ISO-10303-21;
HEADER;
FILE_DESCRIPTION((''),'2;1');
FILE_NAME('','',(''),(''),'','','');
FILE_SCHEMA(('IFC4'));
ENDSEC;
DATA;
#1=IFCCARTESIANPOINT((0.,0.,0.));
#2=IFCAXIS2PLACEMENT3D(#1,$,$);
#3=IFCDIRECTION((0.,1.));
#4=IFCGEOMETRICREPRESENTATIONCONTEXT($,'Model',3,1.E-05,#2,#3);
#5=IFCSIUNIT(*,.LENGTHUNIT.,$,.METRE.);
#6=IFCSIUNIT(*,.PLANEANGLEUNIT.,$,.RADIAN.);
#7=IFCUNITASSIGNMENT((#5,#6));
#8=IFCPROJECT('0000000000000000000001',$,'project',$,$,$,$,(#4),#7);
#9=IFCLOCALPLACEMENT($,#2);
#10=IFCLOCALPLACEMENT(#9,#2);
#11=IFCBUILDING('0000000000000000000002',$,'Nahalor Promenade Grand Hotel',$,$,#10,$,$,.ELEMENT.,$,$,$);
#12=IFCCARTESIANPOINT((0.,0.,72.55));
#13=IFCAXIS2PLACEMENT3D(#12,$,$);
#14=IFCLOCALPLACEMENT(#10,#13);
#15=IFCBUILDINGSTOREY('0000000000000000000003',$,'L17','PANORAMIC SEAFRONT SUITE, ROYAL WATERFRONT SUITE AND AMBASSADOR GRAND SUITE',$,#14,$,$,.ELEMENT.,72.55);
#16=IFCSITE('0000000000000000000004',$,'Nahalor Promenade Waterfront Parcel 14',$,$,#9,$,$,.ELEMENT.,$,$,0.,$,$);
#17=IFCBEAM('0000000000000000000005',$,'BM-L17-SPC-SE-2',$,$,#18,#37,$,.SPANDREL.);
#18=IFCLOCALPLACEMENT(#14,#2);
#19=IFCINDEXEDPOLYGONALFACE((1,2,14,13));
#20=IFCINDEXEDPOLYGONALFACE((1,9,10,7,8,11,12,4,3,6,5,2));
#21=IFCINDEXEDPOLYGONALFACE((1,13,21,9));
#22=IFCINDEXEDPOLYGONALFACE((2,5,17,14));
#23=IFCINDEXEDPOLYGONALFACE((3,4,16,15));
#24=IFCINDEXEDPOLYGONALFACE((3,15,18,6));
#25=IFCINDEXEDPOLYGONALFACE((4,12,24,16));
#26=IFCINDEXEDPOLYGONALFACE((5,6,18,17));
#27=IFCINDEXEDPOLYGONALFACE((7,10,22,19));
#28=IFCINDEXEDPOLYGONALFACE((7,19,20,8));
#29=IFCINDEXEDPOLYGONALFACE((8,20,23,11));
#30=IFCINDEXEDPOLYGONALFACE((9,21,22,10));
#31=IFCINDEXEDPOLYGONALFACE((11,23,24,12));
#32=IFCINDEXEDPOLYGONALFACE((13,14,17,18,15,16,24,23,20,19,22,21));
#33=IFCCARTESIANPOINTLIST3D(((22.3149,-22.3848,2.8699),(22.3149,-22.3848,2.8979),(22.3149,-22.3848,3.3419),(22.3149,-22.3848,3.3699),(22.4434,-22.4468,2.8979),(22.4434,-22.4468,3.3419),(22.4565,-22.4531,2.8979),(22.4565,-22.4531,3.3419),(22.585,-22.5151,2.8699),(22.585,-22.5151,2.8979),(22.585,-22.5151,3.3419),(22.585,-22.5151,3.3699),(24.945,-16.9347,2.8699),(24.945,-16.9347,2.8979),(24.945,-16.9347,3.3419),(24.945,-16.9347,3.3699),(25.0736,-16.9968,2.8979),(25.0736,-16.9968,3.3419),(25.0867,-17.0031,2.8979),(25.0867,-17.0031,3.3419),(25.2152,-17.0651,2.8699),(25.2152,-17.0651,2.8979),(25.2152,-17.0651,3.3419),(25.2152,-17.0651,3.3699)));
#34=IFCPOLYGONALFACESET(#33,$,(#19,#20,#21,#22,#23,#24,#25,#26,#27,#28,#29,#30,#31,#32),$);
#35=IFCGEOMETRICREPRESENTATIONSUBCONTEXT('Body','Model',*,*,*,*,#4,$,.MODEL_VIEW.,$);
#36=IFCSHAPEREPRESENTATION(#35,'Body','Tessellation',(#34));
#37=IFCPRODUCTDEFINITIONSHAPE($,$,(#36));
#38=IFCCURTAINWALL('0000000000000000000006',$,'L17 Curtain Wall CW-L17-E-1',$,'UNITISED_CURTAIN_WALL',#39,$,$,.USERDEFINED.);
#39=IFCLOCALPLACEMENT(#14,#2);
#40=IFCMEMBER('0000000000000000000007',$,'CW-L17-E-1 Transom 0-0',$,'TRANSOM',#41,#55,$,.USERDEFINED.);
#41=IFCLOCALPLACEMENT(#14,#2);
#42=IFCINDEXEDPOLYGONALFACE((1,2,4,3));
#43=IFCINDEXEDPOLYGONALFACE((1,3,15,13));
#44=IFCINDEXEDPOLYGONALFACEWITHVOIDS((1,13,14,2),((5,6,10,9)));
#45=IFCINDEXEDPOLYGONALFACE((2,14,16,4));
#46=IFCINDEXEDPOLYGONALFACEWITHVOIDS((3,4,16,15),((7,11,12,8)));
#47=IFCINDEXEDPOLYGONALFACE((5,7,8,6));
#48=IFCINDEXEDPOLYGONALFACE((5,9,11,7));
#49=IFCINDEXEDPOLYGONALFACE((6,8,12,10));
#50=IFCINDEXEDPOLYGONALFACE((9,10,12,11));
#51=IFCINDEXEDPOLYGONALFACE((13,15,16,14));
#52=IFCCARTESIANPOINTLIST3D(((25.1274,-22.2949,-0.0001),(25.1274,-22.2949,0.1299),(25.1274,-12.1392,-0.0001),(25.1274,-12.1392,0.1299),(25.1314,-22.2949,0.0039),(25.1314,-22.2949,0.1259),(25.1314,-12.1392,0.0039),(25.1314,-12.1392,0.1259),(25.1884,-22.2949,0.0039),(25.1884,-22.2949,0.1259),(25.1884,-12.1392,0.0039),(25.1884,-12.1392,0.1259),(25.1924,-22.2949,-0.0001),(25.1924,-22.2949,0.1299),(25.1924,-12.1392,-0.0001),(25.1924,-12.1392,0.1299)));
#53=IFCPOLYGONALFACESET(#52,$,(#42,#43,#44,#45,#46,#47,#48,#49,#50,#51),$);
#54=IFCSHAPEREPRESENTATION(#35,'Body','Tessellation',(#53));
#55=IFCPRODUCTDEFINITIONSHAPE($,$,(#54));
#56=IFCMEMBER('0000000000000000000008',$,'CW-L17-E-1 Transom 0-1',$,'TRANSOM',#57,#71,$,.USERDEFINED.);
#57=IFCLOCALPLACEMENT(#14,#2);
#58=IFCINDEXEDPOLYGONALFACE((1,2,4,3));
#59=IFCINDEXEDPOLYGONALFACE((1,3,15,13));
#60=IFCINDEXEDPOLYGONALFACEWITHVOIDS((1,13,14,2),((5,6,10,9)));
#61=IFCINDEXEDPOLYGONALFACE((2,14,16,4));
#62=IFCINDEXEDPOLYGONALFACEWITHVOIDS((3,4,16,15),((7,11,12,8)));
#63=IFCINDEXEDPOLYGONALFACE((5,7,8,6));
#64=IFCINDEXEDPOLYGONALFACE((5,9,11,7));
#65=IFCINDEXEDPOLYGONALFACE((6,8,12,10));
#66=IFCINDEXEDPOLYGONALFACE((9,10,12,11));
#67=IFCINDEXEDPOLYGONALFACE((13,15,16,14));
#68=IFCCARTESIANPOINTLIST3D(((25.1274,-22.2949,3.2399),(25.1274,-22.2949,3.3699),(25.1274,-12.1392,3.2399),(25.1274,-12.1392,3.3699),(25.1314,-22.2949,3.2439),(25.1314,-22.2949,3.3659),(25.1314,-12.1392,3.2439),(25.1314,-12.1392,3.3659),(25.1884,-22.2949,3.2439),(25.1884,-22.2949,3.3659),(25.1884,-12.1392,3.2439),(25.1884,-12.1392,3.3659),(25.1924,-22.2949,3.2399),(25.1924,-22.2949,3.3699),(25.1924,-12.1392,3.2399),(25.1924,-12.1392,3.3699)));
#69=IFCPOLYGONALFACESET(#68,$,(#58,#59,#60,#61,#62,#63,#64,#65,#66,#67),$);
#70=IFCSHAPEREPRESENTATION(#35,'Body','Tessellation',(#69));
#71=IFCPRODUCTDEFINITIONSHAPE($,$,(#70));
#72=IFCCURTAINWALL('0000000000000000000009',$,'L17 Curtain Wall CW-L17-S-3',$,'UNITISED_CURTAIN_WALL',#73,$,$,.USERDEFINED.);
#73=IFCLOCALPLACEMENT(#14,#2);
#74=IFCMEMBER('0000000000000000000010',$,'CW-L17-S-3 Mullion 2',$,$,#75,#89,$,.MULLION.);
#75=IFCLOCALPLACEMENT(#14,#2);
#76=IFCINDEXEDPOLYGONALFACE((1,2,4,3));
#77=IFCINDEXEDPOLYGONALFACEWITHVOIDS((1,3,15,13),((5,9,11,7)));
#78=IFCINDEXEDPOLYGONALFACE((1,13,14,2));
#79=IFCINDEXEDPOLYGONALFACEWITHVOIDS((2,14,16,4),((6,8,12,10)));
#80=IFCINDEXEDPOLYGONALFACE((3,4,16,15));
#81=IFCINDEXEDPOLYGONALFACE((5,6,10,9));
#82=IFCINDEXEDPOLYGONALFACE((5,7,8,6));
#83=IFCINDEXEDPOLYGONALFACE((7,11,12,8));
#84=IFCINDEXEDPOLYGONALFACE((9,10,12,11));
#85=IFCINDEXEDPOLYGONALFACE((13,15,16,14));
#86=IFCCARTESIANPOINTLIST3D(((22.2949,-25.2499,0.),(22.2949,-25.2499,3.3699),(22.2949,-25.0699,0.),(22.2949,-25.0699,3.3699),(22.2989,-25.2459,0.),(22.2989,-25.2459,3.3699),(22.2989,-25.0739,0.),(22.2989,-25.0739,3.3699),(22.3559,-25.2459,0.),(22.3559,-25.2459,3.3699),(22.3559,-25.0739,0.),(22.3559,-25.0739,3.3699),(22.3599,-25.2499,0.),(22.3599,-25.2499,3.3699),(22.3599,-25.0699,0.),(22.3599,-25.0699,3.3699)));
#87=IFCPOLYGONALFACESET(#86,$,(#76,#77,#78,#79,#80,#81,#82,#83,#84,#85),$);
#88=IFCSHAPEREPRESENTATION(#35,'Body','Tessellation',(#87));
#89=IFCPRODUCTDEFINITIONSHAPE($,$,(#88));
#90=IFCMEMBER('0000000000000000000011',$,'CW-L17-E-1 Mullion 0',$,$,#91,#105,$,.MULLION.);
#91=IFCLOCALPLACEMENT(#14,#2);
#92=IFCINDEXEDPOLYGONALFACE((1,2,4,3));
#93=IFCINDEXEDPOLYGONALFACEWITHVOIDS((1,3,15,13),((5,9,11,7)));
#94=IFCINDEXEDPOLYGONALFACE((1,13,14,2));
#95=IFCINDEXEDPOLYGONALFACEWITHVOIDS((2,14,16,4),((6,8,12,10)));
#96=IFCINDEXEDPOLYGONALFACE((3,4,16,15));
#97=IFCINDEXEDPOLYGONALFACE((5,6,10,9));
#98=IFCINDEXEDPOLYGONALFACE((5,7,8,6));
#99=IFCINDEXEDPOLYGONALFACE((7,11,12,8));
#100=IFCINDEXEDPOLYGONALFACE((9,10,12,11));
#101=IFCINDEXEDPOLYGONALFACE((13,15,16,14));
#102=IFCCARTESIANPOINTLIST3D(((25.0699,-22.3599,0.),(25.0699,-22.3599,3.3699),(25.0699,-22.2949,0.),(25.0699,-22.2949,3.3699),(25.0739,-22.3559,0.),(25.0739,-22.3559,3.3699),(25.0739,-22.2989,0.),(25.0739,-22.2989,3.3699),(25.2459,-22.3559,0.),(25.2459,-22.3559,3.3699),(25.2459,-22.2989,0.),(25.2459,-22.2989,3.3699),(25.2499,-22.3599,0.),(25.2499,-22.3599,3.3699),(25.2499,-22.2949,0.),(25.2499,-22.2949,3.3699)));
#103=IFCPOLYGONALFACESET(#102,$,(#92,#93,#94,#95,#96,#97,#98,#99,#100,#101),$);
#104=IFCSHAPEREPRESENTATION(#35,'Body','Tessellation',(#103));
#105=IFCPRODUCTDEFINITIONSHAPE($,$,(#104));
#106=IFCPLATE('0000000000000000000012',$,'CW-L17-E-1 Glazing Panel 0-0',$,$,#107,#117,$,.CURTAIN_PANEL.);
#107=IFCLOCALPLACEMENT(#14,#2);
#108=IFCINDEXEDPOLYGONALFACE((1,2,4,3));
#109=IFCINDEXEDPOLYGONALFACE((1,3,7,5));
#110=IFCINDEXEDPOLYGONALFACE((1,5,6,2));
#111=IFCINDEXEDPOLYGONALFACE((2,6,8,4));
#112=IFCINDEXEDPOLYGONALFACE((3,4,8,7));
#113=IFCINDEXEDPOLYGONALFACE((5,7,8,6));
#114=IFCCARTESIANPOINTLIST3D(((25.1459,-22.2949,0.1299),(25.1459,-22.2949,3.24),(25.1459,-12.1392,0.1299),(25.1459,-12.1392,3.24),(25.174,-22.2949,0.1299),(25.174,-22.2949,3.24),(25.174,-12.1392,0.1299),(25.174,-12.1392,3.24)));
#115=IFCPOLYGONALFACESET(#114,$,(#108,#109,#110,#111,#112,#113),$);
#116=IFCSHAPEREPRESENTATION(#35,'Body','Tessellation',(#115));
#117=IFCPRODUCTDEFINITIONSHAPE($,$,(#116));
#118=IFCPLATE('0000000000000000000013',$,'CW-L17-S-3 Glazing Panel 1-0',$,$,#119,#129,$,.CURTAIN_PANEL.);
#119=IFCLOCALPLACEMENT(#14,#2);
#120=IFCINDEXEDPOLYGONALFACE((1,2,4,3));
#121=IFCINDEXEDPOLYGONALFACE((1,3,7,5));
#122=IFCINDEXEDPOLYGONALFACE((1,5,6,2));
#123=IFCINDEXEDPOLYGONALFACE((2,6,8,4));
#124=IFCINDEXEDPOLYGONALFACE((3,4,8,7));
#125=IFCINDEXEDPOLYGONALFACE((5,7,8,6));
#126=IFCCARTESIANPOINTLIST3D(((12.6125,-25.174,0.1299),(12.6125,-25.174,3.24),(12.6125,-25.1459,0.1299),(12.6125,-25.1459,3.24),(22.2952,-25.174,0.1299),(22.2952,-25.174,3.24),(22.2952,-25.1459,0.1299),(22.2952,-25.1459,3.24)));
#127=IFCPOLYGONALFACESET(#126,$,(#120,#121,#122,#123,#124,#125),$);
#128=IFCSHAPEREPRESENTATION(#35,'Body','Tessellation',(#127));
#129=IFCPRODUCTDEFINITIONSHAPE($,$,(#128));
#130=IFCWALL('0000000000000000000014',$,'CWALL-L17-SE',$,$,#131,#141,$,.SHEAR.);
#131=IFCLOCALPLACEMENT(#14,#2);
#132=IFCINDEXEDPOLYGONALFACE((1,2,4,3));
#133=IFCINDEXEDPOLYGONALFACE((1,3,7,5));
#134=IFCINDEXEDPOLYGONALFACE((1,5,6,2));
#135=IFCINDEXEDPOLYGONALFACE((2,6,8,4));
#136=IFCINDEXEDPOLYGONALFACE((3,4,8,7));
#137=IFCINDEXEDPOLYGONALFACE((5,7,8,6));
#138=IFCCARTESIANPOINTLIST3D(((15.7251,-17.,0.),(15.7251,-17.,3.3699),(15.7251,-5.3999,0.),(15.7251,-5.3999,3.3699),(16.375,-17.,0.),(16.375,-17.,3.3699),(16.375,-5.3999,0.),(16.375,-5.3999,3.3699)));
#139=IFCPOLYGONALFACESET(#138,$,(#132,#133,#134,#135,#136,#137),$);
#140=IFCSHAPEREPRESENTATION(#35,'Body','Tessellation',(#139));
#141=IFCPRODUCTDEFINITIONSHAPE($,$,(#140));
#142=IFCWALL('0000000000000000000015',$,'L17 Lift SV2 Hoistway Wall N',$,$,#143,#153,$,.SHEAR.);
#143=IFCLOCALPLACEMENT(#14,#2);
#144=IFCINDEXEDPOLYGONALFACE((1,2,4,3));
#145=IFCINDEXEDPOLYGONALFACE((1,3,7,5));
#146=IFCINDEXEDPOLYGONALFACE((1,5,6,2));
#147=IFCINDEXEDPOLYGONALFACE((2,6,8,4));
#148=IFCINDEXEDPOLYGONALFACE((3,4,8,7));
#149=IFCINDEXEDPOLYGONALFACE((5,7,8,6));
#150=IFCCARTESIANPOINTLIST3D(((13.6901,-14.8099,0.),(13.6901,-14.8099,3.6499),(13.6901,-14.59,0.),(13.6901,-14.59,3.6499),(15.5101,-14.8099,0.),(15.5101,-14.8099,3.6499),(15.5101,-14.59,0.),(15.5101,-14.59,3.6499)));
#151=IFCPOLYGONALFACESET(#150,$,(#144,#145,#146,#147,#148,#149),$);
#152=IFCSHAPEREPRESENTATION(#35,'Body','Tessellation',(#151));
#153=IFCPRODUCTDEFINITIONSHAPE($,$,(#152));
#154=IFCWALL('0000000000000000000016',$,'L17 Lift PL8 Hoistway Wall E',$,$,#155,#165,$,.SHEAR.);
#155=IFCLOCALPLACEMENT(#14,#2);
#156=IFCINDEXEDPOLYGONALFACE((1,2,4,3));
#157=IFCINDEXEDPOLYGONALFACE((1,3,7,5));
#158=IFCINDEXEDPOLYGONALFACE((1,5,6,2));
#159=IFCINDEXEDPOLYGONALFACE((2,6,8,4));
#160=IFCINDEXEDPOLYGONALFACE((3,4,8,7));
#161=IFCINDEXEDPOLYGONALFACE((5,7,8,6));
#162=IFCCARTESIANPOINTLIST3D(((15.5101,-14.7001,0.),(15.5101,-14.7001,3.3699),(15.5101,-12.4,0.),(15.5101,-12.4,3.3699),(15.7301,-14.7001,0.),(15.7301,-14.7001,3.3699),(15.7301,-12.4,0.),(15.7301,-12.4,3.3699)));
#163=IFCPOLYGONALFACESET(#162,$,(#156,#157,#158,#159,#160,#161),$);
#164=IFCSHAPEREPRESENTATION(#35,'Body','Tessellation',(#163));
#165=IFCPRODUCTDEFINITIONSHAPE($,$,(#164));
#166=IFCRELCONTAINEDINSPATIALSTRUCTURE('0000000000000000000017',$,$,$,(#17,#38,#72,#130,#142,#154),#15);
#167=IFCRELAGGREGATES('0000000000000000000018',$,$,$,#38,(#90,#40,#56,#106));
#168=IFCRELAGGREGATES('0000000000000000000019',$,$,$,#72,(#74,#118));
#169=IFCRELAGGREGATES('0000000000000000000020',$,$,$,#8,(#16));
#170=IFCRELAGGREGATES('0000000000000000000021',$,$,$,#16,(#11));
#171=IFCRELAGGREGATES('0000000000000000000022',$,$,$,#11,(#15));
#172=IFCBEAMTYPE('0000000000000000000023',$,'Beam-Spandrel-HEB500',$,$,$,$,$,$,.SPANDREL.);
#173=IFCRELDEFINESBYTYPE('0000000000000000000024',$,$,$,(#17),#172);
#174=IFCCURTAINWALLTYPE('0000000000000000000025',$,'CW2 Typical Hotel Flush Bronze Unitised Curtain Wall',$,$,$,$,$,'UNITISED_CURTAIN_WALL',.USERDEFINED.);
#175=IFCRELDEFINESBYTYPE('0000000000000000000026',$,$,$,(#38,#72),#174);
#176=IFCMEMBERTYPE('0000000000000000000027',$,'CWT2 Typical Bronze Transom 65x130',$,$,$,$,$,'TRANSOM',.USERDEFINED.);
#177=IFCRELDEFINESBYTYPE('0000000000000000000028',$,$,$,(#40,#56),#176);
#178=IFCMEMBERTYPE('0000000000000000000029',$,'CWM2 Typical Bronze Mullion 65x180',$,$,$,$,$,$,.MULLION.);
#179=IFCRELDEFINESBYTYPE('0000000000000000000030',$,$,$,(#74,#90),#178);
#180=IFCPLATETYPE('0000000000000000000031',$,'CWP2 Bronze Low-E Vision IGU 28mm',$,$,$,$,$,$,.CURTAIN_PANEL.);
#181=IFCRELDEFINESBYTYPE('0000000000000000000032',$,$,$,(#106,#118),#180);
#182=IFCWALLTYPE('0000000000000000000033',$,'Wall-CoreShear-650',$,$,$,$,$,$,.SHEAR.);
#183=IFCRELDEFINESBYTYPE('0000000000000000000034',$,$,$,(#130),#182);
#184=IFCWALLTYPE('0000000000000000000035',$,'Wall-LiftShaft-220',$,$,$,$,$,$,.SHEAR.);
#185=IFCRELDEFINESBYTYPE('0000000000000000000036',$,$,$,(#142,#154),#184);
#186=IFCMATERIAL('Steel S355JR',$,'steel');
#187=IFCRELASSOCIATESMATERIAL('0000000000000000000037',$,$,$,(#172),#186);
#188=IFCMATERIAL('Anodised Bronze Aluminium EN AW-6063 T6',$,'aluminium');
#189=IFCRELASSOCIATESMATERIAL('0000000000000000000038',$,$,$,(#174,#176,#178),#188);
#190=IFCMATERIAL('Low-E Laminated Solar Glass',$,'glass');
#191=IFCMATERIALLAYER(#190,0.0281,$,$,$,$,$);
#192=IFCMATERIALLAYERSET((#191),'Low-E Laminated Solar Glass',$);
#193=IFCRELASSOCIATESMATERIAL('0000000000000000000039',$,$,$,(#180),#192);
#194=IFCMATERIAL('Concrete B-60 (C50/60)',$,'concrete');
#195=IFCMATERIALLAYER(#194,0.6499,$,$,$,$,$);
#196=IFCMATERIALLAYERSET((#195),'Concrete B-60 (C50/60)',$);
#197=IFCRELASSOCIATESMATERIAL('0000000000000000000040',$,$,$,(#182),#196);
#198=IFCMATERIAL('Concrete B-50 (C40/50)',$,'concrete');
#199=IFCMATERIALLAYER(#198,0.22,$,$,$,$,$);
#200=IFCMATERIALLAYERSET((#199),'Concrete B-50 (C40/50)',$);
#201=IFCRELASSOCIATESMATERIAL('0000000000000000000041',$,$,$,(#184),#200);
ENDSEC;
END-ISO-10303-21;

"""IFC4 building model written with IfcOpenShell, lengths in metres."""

from ifc_helpers import new_model, si_unit, direction, frame, frame_2d, origin, origin_2d, place, context, subcontext, project, spatial, rectangle, hollow_rectangle, i_section, extrude, source, transform, mapped, material, layer, layer_set, material_profile, profile_set, type_object, element, aggregate, save


model = new_model("IFC4")

# Units and contexts
model_context = context("Model", 3, precision=1e-05, world=origin(), true_north=direction((0.0, 1.0)))
body_context = subcontext(model_context, "Body", "Model", "MODEL_VIEW")
ifc_project = project(units=[si_unit("LENGTHUNIT", "METRE"), si_unit("PLANEANGLEUNIT", "RADIAN")], contexts=[model_context])

# Site, building, storey
site_placement = place(None, origin())
site = spatial("IfcSite", under=ifc_project, at=site_placement, Name="Nahalor Promenade Waterfront Parcel 14", CompositionType="ELEMENT", RefElevation=0.0)
building_placement = place(site_placement, origin())
building = spatial("IfcBuilding", under=site, at=building_placement, Name="Nahalor Promenade Grand Hotel", CompositionType="ELEMENT")
storey_placement = place(building_placement, frame((0.0, 0.0, 72.55)))
storey = spatial("IfcBuildingStorey", under=building, at=storey_placement, Name="L17", Description="PANORAMIC SEAFRONT SUITE, ROYAL WATERFRONT SUITE AND AMBASSADOR GRAND SUITE", CompositionType="ELEMENT", Elevation=72.55)

# Beam
ifc_material_1 = material(Name="Steel S355JR", Category="steel")
ifc_material_profile_1 = material_profile(ifc_material_1, i_section(OverallWidth=0.3, OverallDepth=0.5, WebThickness=0.0145, FlangeThickness=0.028, at=origin_2d()), Name="HEB 500")
ifc_profile_set_1 = profile_set([ifc_material_profile_1], Name="Steel S355JR")
beam_type_1 = type_object("IfcBeamType", Name="Beam-Spandrel-HEB500", PredefinedType="SPANDREL", material=ifc_profile_set_1)
shared_shape_1 = source(origin(), body_context, "Body", "SweptSolid", [
    extrude(i_section(OverallWidth=0.3, OverallDepth=0.5, WebThickness=0.0145, FlangeThickness=0.028, at=origin_2d()), origin(), (0.0, 0.0, 1.0), 6.0515),
])
for number, where, z_axis, x_axis, name in (
    (1, (22.45, -22.45, 3.1199), (0.434631, 0.900609, 0.0), (-0.900609, 0.434631, 0.0), "BM-L17-SPC-SE-2"),
):
    element("IfcBeam", number, at=place(storey_placement, frame(where, z_axis=z_axis, x_axis=x_axis)), inside=storey, type_object=beam_type_1, Name=name, PredefinedType="SPANDREL", context=body_context, shape_type="MappedRepresentation", body=[
        mapped(shared_shape_1, transform((0.0, 0.0, 0.0), scale=1.0)),
    ])

# Curtain wall, members
ifc_material_2 = material(Name="Anodised Bronze Aluminium EN AW-6063 T6", Category="aluminium")
curtain_wall_type = type_object("IfcCurtainWallType", Name="CW2 Typical Hotel Flush Bronze Unitised Curtain Wall", ElementType="UNITISED_CURTAIN_WALL", PredefinedType="USERDEFINED", material=ifc_material_2)
curtain_wall_1_placement = place(storey_placement, origin())
curtain_wall_1 = element("IfcCurtainWall", 2, at=curtain_wall_1_placement, inside=storey, type_object=curtain_wall_type, Name="L17 Curtain Wall CW-L17-E-1", ObjectType="UNITISED_CURTAIN_WALL", PredefinedType="USERDEFINED")
ifc_material_profile_2 = material_profile(ifc_material_2, hollow_rectangle(XDim=0.065, YDim=0.13, WallThickness=0.004, at=origin_2d()), Name="CWT 65x130x4")
ifc_profile_set_2 = profile_set([ifc_material_profile_2], Name="Anodised Bronze Aluminium EN AW-6063 T6")
member_type_1 = type_object("IfcMemberType", Name="CWT2 Typical Bronze Transom 65x130", ElementType="TRANSOM", PredefinedType="USERDEFINED", material=ifc_profile_set_2)
shared_shape_2 = source(origin(), body_context, "Body", "SweptSolid", [
    extrude(hollow_rectangle(XDim=0.065, YDim=0.13, WallThickness=0.004, at=origin_2d()), origin(), (0.0, 0.0, 1.0), 10.1558),
])
member_1_placement = place(storey_placement, frame((25.1599, -22.2949, 0.0649), z_axis=(0.0, 1.0, 0.0), x_axis=(-1.0, 0.0, 0.0)))
member_1 = element("IfcMember", 3, at=member_1_placement, type_object=member_type_1, Name="CW-L17-E-1 Transom 0-0", ObjectType="TRANSOM", PredefinedType="USERDEFINED", context=body_context, shape_type="MappedRepresentation", body=[
    mapped(shared_shape_2, transform((0.0, 0.0, 0.0), scale=1.0)),
])
member_2_placement = place(storey_placement, frame((25.1599, -22.2949, 3.3049), z_axis=(0.0, 1.0, 0.0), x_axis=(-1.0, 0.0, 0.0)))
member_2 = element("IfcMember", 4, at=member_2_placement, type_object=member_type_1, Name="CW-L17-E-1 Transom 0-1", ObjectType="TRANSOM", PredefinedType="USERDEFINED", context=body_context, shape_type="MappedRepresentation", body=[
    mapped(shared_shape_2, transform((0.0, 0.0, 0.0), scale=1.0)),
])

# Curtain wall, member
curtain_wall_2_placement = place(storey_placement, origin())
curtain_wall_2 = element("IfcCurtainWall", 5, at=curtain_wall_2_placement, inside=storey, type_object=curtain_wall_type, Name="L17 Curtain Wall CW-L17-S-3", ObjectType="UNITISED_CURTAIN_WALL", PredefinedType="USERDEFINED")
ifc_material_profile_3 = material_profile(ifc_material_2, hollow_rectangle(XDim=0.065, YDim=0.18, WallThickness=0.004, at=origin_2d()), Name="CWM 65x180x4")
ifc_profile_set_3 = profile_set([ifc_material_profile_3], Name="Anodised Bronze Aluminium EN AW-6063 T6")
member_type_2 = type_object("IfcMemberType", Name="CWM2 Typical Bronze Mullion 65x180", PredefinedType="MULLION", material=ifc_profile_set_3)
shared_shape_3 = source(origin(), body_context, "Body", "SweptSolid", [
    extrude(hollow_rectangle(XDim=0.065, YDim=0.18, WallThickness=0.004, at=origin_2d()), origin(), (0.0, 0.0, 1.0), 3.3699),
])
member_3_placement = place(storey_placement, frame((22.3274, -25.1599, 0.0), z_axis=(0.0, 0.0, 1.0), x_axis=(1.0, 0.0, 0.0)))
member_3 = element("IfcMember", 6, at=member_3_placement, type_object=member_type_2, Name="CW-L17-S-3 Mullion 2", PredefinedType="MULLION", context=body_context, shape_type="MappedRepresentation", body=[
    mapped(shared_shape_3, transform((0.0, 0.0, 0.0), scale=1.0)),
])

# Member
member_4_placement = place(storey_placement, frame((25.1599, -22.3274, 0.0), z_axis=(0.0, 0.0, 1.0), x_axis=(0.0, 1.0, 0.0)))
member_4 = element("IfcMember", 7, at=member_4_placement, type_object=member_type_2, Name="CW-L17-E-1 Mullion 0", PredefinedType="MULLION", context=body_context, shape_type="MappedRepresentation", body=[
    mapped(shared_shape_3, transform((0.0, 0.0, 0.0), scale=1.0)),
])

# Plates
ifc_material_3 = material(Name="Low-E Laminated Solar Glass", Category="glass")
ifc_layer_1 = layer(ifc_material_3, 0.0281)
ifc_layer_set_1 = layer_set([ifc_layer_1], Name="Low-E Laminated Solar Glass")
plate_type = type_object("IfcPlateType", Name="CWP2 Bronze Low-E Vision IGU 28mm", PredefinedType="CURTAIN_PANEL", material=ifc_layer_set_1)
shared_shape_4 = source(origin(), body_context, "Body", "SweptSolid", [
    extrude(rectangle(XDim=10.1558, YDim=0.0281, at=origin_2d()), origin(), (0.0, 0.0, 1.0), 3.1101),
])
plate_1_placement = place(storey_placement, frame((25.1599, -17.217, 0.1299), z_axis=(0.0, 0.0, 1.0), x_axis=(0.0, 1.0, 0.0)))
plate_1 = element("IfcPlate", 8, at=plate_1_placement, type_object=plate_type, Name="CW-L17-E-1 Glazing Panel 0-0", PredefinedType="CURTAIN_PANEL", context=body_context, shape_type="MappedRepresentation", body=[
    mapped(shared_shape_4, transform((0.0, 0.0, 0.0), scale=1.0)),
])
aggregate(curtain_wall_1, [member_4, member_1, member_2, plate_1])
shared_shape_5 = source(origin(), body_context, "Body", "SweptSolid", [
    extrude(rectangle(XDim=9.6826, YDim=0.0281, at=origin_2d()), origin(), (0.0, 0.0, 1.0), 3.1101),
])
plate_2_placement = place(storey_placement, frame((17.4539, -25.1599, 0.1299), z_axis=(0.0, 0.0, 1.0), x_axis=(1.0, 0.0, 0.0)))
plate_2 = element("IfcPlate", 9, at=plate_2_placement, type_object=plate_type, Name="CW-L17-S-3 Glazing Panel 1-0", PredefinedType="CURTAIN_PANEL", context=body_context, shape_type="MappedRepresentation", body=[
    mapped(shared_shape_5, transform((0.0, 0.0, 0.0), scale=1.0)),
])
aggregate(curtain_wall_2, [member_3, plate_2])

# Walls
ifc_material_4 = material(Name="Concrete B-60 (C50/60)", Category="concrete")
ifc_layer_2 = layer(ifc_material_4, 0.6499)
ifc_layer_set_2 = layer_set([ifc_layer_2], Name="Concrete B-60 (C50/60)")
wall_type_1 = type_object("IfcWallType", Name="Wall-CoreShear-650", PredefinedType="SHEAR", material=ifc_layer_set_2)
shared_shape_6 = source(origin(), body_context, "Body", "SweptSolid", [
    extrude(rectangle(XDim=11.6001, YDim=0.6499, at=frame_2d((5.8, 0.0))), origin(), (0.0, 0.0, 1.0), 3.3699),
])
wall_1_placement = place(storey_placement, frame((16.05, -17.0, 0.0), z_axis=(0.0, 0.0, 1.0), x_axis=(0.0, 1.0, 0.0)))
element("IfcWall", 10, at=wall_1_placement, inside=storey, type_object=wall_type_1, Name="CWALL-L17-SE", PredefinedType="SHEAR", context=body_context, shape_type="MappedRepresentation", body=[
    mapped(shared_shape_6, transform((0.0, 0.0, 0.0), scale=1.0)),
])
ifc_material_5 = material(Name="Concrete B-50 (C40/50)", Category="concrete")
ifc_layer_3 = layer(ifc_material_5, 0.22)
ifc_layer_set_3 = layer_set([ifc_layer_3], Name="Concrete B-50 (C40/50)")
wall_type_2 = type_object("IfcWallType", Name="Wall-LiftShaft-220", PredefinedType="SHEAR", material=ifc_layer_set_3)
shared_shape_7 = source(origin(), body_context, "Body", "SweptSolid", [
    extrude(rectangle(XDim=1.8201, YDim=0.22, at=frame_2d((0.9102, 0.0))), origin(), (0.0, 0.0, 1.0), 3.6499),
])
wall_2_placement = place(storey_placement, frame((13.6899, -14.7, 0.0), z_axis=(0.0, 0.0, 1.0), x_axis=(1.0, 0.0, 0.0)))
element("IfcWall", 11, at=wall_2_placement, inside=storey, type_object=wall_type_2, Name="L17 Lift SV2 Hoistway Wall N", PredefinedType="SHEAR", context=body_context, shape_type="MappedRepresentation", body=[
    mapped(shared_shape_7, transform((0.0, 0.0, 0.0), scale=1.0)),
])
shared_shape_8 = source(origin(), body_context, "Body", "SweptSolid", [
    extrude(rectangle(XDim=2.3, YDim=0.22, at=frame_2d((1.1499, 0.0))), origin(), (0.0, 0.0, 1.0), 3.3699),
])
wall_3_placement = place(storey_placement, frame((15.6201, -14.7, 0.0), z_axis=(0.0, 0.0, 1.0), x_axis=(0.0, 1.0, 0.0)))
element("IfcWall", 12, at=wall_3_placement, inside=storey, type_object=wall_type_2, Name="L17 Lift PL8 Hoistway Wall E", PredefinedType="SHEAR", context=body_context, shape_type="MappedRepresentation", body=[
    mapped(shared_shape_8, transform((0.0, 0.0, 0.0), scale=1.0)),
])

save(model, "model.ifc")
